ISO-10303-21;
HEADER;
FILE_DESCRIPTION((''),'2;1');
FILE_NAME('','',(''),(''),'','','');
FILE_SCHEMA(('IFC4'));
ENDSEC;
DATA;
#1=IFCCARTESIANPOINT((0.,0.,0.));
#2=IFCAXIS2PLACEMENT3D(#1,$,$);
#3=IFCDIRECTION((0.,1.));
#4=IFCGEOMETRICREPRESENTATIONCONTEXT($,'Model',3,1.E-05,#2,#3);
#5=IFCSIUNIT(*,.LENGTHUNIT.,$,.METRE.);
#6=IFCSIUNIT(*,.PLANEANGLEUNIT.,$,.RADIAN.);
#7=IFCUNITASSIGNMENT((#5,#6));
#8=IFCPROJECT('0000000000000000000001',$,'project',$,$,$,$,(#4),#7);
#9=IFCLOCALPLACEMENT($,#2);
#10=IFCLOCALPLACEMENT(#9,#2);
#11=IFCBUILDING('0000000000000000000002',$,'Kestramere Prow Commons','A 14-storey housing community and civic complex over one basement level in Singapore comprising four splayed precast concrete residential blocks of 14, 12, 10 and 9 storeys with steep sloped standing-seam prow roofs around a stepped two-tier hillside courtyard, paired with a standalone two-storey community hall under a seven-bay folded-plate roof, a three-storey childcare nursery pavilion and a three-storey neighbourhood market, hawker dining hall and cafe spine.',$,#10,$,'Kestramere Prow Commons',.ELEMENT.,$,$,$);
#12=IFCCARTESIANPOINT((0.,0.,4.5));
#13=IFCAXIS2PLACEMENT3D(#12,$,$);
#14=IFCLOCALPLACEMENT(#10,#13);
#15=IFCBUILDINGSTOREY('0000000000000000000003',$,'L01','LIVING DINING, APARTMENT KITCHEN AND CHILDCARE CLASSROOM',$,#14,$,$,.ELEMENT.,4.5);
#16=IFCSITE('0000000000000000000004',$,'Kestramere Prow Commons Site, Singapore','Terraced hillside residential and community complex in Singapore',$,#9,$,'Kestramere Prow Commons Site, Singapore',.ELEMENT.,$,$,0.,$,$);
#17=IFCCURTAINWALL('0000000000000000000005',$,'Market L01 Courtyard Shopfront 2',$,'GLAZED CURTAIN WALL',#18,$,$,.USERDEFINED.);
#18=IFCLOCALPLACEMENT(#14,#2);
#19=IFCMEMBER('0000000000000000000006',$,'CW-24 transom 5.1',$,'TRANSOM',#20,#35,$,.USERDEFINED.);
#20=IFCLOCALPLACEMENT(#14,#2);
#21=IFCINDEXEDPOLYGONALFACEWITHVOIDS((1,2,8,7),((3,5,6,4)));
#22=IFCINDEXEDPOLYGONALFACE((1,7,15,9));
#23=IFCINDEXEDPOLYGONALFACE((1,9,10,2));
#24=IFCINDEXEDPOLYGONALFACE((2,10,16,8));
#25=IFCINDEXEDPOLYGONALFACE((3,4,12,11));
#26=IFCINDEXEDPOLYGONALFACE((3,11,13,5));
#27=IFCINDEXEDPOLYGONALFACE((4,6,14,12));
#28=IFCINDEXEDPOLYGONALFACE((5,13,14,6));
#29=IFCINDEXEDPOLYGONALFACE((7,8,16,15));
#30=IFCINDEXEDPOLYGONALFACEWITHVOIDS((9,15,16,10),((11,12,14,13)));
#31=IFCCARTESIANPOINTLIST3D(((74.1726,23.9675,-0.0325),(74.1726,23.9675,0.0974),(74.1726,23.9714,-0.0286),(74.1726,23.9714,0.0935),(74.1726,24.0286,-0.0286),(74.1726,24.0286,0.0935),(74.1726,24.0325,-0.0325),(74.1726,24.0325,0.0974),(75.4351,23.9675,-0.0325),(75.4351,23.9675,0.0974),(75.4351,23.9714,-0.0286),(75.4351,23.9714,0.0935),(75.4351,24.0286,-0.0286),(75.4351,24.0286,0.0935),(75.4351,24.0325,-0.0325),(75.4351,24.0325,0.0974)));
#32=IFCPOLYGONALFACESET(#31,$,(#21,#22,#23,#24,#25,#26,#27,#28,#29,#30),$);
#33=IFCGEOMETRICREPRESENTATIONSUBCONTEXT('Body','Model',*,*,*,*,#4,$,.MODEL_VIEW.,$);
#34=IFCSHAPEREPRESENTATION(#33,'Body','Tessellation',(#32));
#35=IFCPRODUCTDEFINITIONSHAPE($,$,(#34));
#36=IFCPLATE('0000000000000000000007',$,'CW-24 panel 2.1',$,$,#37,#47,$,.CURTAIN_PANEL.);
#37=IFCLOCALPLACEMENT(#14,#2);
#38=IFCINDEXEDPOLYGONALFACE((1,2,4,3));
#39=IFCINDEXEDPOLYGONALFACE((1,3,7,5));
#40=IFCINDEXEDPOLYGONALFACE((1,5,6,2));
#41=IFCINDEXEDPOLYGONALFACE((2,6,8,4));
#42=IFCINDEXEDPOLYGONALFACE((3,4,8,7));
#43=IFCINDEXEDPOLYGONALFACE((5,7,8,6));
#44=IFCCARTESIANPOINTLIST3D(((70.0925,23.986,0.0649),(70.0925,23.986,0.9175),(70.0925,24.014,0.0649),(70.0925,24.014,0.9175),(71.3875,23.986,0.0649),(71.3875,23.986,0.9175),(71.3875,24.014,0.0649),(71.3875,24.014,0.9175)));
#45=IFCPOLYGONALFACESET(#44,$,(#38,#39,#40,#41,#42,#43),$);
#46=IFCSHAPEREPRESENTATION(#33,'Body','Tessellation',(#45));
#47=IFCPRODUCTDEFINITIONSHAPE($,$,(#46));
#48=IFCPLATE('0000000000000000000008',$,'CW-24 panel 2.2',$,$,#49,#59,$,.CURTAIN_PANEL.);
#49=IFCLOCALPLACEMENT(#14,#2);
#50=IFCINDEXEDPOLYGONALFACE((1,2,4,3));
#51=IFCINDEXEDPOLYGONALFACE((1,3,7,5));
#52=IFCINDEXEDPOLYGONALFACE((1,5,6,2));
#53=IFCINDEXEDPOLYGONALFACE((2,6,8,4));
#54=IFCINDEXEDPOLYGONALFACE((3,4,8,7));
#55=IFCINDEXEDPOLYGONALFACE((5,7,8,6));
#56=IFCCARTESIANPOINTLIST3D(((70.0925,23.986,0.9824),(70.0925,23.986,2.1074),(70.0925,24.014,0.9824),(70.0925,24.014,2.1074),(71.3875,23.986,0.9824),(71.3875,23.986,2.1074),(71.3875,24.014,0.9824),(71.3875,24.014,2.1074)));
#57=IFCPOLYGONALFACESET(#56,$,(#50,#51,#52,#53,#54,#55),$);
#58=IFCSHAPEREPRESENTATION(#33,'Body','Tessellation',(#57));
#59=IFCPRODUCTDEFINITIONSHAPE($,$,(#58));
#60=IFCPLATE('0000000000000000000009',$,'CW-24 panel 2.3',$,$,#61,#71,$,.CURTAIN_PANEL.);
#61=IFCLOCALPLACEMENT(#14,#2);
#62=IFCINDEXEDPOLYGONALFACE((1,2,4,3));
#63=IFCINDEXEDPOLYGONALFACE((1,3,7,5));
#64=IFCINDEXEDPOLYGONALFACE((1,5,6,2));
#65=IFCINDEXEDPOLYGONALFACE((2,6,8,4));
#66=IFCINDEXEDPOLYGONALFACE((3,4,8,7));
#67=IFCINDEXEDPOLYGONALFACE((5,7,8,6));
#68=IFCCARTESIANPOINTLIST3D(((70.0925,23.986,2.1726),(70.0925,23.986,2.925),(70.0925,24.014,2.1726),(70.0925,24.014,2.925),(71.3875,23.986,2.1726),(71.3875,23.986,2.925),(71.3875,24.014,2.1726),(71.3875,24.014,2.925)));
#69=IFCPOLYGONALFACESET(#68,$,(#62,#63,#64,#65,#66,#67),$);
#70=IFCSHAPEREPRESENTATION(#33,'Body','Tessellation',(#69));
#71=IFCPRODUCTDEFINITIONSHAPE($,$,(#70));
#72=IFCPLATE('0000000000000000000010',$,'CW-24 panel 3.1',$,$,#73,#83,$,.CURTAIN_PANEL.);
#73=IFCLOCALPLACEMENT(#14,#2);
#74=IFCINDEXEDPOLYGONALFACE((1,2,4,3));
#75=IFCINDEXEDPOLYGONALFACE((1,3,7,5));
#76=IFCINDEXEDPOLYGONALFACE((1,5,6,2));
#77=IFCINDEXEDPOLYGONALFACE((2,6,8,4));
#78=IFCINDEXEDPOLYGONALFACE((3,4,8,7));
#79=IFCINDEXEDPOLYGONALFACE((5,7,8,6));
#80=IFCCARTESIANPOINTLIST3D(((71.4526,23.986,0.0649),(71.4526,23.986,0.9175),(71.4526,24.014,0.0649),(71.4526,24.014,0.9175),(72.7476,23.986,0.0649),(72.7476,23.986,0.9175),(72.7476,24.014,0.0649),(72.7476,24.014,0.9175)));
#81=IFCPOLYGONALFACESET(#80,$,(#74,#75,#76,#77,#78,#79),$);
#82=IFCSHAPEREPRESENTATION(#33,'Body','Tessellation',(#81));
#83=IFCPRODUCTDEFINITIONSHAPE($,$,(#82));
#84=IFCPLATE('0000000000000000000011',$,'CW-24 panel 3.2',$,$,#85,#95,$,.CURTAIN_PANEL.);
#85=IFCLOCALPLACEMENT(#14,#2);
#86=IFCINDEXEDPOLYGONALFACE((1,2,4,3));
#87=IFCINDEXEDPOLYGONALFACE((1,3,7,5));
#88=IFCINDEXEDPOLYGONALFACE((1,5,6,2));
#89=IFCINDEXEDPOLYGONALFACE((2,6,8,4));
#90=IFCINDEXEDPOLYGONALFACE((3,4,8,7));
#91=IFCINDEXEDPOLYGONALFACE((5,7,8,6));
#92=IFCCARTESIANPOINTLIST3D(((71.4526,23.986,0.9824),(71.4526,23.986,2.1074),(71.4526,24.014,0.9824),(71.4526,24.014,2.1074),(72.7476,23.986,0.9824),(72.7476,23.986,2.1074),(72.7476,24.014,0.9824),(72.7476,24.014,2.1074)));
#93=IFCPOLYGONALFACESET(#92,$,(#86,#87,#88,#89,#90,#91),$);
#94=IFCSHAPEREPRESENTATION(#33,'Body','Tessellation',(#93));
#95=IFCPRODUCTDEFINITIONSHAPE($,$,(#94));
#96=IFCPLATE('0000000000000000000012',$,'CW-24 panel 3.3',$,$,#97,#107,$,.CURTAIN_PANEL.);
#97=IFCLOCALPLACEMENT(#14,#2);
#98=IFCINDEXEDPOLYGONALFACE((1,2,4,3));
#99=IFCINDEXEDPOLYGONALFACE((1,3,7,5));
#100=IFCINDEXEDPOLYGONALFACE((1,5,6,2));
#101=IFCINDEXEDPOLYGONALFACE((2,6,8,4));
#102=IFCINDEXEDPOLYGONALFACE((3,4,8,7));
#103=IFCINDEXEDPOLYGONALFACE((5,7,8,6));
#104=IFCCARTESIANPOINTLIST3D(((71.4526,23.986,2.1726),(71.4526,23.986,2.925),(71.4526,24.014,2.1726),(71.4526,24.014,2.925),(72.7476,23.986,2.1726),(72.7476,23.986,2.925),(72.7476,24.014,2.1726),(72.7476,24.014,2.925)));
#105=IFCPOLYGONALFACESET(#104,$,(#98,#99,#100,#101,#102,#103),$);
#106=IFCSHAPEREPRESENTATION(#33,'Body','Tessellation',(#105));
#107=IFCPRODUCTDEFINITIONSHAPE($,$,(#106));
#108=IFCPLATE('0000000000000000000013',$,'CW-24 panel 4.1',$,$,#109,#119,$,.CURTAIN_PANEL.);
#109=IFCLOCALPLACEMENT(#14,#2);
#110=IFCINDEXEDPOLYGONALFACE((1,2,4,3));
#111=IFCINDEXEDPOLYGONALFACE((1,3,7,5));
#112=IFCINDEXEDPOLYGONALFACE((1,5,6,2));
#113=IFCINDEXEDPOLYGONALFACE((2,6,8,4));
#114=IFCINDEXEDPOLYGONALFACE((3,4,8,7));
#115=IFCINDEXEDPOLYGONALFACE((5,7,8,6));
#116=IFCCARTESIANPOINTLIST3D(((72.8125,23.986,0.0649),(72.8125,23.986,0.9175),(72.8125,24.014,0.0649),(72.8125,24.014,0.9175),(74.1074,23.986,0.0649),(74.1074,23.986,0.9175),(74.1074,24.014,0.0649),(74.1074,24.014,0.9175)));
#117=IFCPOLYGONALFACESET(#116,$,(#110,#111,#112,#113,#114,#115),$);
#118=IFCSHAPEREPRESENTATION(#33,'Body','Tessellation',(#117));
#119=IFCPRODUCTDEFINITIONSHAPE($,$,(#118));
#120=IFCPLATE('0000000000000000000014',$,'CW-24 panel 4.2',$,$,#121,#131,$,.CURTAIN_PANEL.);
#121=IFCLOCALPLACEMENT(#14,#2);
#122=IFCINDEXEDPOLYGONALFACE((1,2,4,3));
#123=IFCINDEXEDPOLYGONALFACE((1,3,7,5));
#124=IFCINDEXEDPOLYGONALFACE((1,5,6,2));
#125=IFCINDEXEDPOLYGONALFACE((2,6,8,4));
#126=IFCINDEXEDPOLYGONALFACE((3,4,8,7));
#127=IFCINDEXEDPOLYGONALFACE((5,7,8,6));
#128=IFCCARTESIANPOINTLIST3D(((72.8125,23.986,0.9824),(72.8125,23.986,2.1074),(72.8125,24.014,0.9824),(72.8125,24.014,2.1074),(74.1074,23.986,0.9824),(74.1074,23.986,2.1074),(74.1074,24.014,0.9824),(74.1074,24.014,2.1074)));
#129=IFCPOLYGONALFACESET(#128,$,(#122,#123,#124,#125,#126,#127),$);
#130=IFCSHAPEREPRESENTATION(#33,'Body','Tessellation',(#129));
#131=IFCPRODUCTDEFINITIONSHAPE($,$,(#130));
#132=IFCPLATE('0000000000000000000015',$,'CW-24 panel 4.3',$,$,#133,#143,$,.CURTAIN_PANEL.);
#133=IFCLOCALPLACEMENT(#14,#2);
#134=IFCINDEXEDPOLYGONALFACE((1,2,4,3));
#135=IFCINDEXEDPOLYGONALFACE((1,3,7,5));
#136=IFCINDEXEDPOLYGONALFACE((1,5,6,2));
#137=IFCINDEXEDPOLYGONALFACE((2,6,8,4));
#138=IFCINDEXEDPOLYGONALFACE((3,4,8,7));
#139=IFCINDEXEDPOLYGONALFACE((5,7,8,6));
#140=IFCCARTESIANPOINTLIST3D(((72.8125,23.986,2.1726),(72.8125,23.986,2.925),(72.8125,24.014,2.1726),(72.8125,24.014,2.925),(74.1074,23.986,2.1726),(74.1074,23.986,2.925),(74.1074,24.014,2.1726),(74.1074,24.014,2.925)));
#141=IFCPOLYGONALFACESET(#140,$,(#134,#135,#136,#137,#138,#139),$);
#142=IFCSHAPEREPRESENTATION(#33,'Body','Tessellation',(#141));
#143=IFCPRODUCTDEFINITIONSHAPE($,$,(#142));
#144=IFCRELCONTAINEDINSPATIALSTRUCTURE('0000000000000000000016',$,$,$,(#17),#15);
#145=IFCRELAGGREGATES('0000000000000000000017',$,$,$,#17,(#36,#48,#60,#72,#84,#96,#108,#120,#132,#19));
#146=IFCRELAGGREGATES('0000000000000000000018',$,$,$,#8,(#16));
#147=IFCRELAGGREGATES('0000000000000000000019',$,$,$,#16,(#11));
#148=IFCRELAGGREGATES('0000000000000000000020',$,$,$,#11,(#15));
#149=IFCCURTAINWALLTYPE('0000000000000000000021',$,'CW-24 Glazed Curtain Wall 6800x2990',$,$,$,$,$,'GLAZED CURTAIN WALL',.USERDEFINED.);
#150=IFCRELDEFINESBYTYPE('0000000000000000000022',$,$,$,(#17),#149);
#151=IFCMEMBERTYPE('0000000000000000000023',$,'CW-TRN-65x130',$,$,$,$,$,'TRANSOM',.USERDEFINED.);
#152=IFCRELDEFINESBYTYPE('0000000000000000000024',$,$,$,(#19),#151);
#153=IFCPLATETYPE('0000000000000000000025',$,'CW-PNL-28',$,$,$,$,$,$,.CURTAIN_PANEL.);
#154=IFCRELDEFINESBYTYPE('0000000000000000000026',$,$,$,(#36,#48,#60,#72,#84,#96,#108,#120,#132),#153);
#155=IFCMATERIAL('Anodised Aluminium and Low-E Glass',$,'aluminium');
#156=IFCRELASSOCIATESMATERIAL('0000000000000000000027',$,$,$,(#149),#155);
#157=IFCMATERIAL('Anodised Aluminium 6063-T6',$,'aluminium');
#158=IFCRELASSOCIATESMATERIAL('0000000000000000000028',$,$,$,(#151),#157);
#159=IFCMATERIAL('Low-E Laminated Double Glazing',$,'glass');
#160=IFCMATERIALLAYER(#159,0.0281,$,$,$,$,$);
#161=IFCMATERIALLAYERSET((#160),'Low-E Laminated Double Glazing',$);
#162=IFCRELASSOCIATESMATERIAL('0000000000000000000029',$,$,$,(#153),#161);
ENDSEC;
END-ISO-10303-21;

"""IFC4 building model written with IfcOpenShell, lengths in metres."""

from ifc_helpers import new_model, si_unit, direction, frame, origin, origin_2d, place, context, subcontext, project, spatial, rectangle, hollow_rectangle, extrude, material, layer, layer_set, material_profile, profile_set, type_object, element, aggregate, save


model = new_model("IFC4")

# Units and contexts
model_context = context("Model", 3, precision=1e-05, world=origin(), true_north=direction((0.0, 1.0)))
body_context = subcontext(model_context, "Body", "Model", "MODEL_VIEW")
ifc_project = project(units=[si_unit("LENGTHUNIT", "METRE"), si_unit("PLANEANGLEUNIT", "RADIAN")], contexts=[model_context])

# Site, building, storey
site_placement = place(None, origin())
site = spatial("IfcSite", under=ifc_project, at=site_placement, Name="Kestramere Prow Commons Site, Singapore", Description="Terraced hillside residential and community complex in Singapore", LongName="Kestramere Prow Commons Site, Singapore", CompositionType="ELEMENT", RefElevation=0.0)
building_placement = place(site_placement, origin())
building = spatial("IfcBuilding", under=site, at=building_placement, Name="Kestramere Prow Commons", Description="A 14-storey housing community and civic complex over one basement level in Singapore comprising four splayed precast concrete residential blocks of 14, 12, 10 and 9 storeys with steep sloped standing-seam prow roofs around a stepped two-tier hillside courtyard, paired with a standalone two-storey community hall under a seven-bay folded-plate roof, a three-storey childcare nursery pavilion and a three-storey neighbourhood market, hawker dining hall and cafe spine.", LongName="Kestramere Prow Commons", CompositionType="ELEMENT")
storey_placement = place(building_placement, frame((0.0, 0.0, 4.5)))
storey = spatial("IfcBuildingStorey", under=building, at=storey_placement, Name="L01", Description="LIVING DINING, APARTMENT KITCHEN AND CHILDCARE CLASSROOM", CompositionType="ELEMENT", Elevation=4.5)

# Curtain wall, member, plates
ifc_material_1 = material(Name="Anodised Aluminium and Low-E Glass", Category="aluminium")
curtain_wall_type = type_object("IfcCurtainWallType", Name="CW-24 Glazed Curtain Wall 6800x2990", ElementType="GLAZED CURTAIN WALL", PredefinedType="USERDEFINED", material=ifc_material_1)
curtain_wall_placement = place(storey_placement, origin())
curtain_wall = element("IfcCurtainWall", 1, at=curtain_wall_placement, inside=storey, type_object=curtain_wall_type, Name="Market L01 Courtyard Shopfront 2", ObjectType="GLAZED CURTAIN WALL", PredefinedType="USERDEFINED")
ifc_material_2 = material(Name="Anodised Aluminium 6063-T6", Category="aluminium")
ifc_material_profile_1 = material_profile(ifc_material_2, hollow_rectangle(XDim=0.0649, YDim=0.1299, WallThickness=0.0039, at=origin_2d()), Name="ALU-TRN 65x130")
ifc_profile_set_1 = profile_set([ifc_material_profile_1], Name="Anodised Aluminium 6063-T6")
member_type_1 = type_object("IfcMemberType", Name="CW-TRN-65x130", ElementType="TRANSOM", PredefinedType="USERDEFINED", material=ifc_profile_set_1)
member_1_placement = place(storey_placement, frame((74.1726, 24.0, 0.0325), z_axis=(1.0, 0.0, 0.0), x_axis=(0.0, 1.0, 0.0)))
member_1 = element("IfcMember", 2, at=member_1_placement, type_object=member_type_1, Name="CW-24 transom 5.1", ObjectType="TRANSOM", PredefinedType="USERDEFINED", context=body_context, shape_type="SweptSolid", body=[
    extrude(hollow_rectangle(XDim=0.0649, YDim=0.1299, WallThickness=0.0039, at=origin_2d()), origin(), (0.0, 0.0, 1.0), 1.2625),
])
ifc_material_3 = material(Name="Low-E Laminated Double Glazing", Category="glass")
ifc_layer = layer(ifc_material_3, 0.0281)
ifc_layer_set = layer_set([ifc_layer], Name="Low-E Laminated Double Glazing")
plate_type = type_object("IfcPlateType", Name="CW-PNL-28", PredefinedType="CURTAIN_PANEL", material=ifc_layer_set)
plate_1_placement = place(storey_placement, frame((70.74, 24.0, 0.0649), z_axis=(0.0, 0.0, 1.0), x_axis=(1.0, 0.0, 0.0)))
plate_1 = element("IfcPlate", 3, at=plate_1_placement, type_object=plate_type, Name="CW-24 panel 2.1", PredefinedType="CURTAIN_PANEL", context=body_context, shape_type="SweptSolid", body=[
    extrude(rectangle(XDim=1.2949, YDim=0.0281, at=origin_2d()), origin(), (0.0, 0.0, 1.0), 0.8525),
])
plate_2_placement = place(storey_placement, frame((70.74, 24.0, 0.9824), z_axis=(0.0, 0.0, 1.0), x_axis=(1.0, 0.0, 0.0)))
plate_2 = element("IfcPlate", 4, at=plate_2_placement, type_object=plate_type, Name="CW-24 panel 2.2", PredefinedType="CURTAIN_PANEL", context=body_context, shape_type="SweptSolid", body=[
    extrude(rectangle(XDim=1.2949, YDim=0.0281, at=origin_2d()), origin(), (0.0, 0.0, 1.0), 1.125),
])
plate_3_placement = place(storey_placement, frame((70.74, 24.0, 2.1726), z_axis=(0.0, 0.0, 1.0), x_axis=(1.0, 0.0, 0.0)))
plate_3 = element("IfcPlate", 5, at=plate_3_placement, type_object=plate_type, Name="CW-24 panel 2.3", PredefinedType="CURTAIN_PANEL", context=body_context, shape_type="SweptSolid", body=[
    extrude(rectangle(XDim=1.2949, YDim=0.0281, at=origin_2d()), origin(), (0.0, 0.0, 1.0), 0.7524),
])
plate_4_placement = place(storey_placement, frame((72.1001, 24.0, 0.0649), z_axis=(0.0, 0.0, 1.0), x_axis=(1.0, 0.0, 0.0)))
plate_4 = element("IfcPlate", 6, at=plate_4_placement, type_object=plate_type, Name="CW-24 panel 3.1", PredefinedType="CURTAIN_PANEL", context=body_context, shape_type="SweptSolid", body=[
    extrude(rectangle(XDim=1.2949, YDim=0.0281, at=origin_2d()), origin(), (0.0, 0.0, 1.0), 0.8525),
])
plate_5_placement = place(storey_placement, frame((72.1001, 24.0, 0.9824), z_axis=(0.0, 0.0, 1.0), x_axis=(1.0, 0.0, 0.0)))
plate_5 = element("IfcPlate", 7, at=plate_5_placement, type_object=plate_type, Name="CW-24 panel 3.2", PredefinedType="CURTAIN_PANEL", context=body_context, shape_type="SweptSolid", body=[
    extrude(rectangle(XDim=1.2949, YDim=0.0281, at=origin_2d()), origin(), (0.0, 0.0, 1.0), 1.125),
])
plate_6_placement = place(storey_placement, frame((72.1001, 24.0, 2.1726), z_axis=(0.0, 0.0, 1.0), x_axis=(1.0, 0.0, 0.0)))
plate_6 = element("IfcPlate", 8, at=plate_6_placement, type_object=plate_type, Name="CW-24 panel 3.3", PredefinedType="CURTAIN_PANEL", context=body_context, shape_type="SweptSolid", body=[
    extrude(rectangle(XDim=1.2949, YDim=0.0281, at=origin_2d()), origin(), (0.0, 0.0, 1.0), 0.7524),
])
plate_7_placement = place(storey_placement, frame((73.46, 24.0, 0.0649), z_axis=(0.0, 0.0, 1.0), x_axis=(1.0, 0.0, 0.0)))
plate_7 = element("IfcPlate", 9, at=plate_7_placement, type_object=plate_type, Name="CW-24 panel 4.1", PredefinedType="CURTAIN_PANEL", context=body_context, shape_type="SweptSolid", body=[
    extrude(rectangle(XDim=1.2949, YDim=0.0281, at=origin_2d()), origin(), (0.0, 0.0, 1.0), 0.8525),
])
plate_8_placement = place(storey_placement, frame((73.46, 24.0, 0.9824), z_axis=(0.0, 0.0, 1.0), x_axis=(1.0, 0.0, 0.0)))
plate_8 = element("IfcPlate", 10, at=plate_8_placement, type_object=plate_type, Name="CW-24 panel 4.2", PredefinedType="CURTAIN_PANEL", context=body_context, shape_type="SweptSolid", body=[
    extrude(rectangle(XDim=1.2949, YDim=0.0281, at=origin_2d()), origin(), (0.0, 0.0, 1.0), 1.125),
])
plate_9_placement = place(storey_placement, frame((73.46, 24.0, 2.1726), z_axis=(0.0, 0.0, 1.0), x_axis=(1.0, 0.0, 0.0)))
plate_9 = element("IfcPlate", 11, at=plate_9_placement, type_object=plate_type, Name="CW-24 panel 4.3", PredefinedType="CURTAIN_PANEL", context=body_context, shape_type="SweptSolid", body=[
    extrude(rectangle(XDim=1.2949, YDim=0.0281, at=origin_2d()), origin(), (0.0, 0.0, 1.0), 0.7524),
])
aggregate(curtain_wall, [plate_1, plate_2, plate_3, plate_4, plate_5, plate_6, plate_7, plate_8, plate_9, member_1])

save(model, "model.ifc")
